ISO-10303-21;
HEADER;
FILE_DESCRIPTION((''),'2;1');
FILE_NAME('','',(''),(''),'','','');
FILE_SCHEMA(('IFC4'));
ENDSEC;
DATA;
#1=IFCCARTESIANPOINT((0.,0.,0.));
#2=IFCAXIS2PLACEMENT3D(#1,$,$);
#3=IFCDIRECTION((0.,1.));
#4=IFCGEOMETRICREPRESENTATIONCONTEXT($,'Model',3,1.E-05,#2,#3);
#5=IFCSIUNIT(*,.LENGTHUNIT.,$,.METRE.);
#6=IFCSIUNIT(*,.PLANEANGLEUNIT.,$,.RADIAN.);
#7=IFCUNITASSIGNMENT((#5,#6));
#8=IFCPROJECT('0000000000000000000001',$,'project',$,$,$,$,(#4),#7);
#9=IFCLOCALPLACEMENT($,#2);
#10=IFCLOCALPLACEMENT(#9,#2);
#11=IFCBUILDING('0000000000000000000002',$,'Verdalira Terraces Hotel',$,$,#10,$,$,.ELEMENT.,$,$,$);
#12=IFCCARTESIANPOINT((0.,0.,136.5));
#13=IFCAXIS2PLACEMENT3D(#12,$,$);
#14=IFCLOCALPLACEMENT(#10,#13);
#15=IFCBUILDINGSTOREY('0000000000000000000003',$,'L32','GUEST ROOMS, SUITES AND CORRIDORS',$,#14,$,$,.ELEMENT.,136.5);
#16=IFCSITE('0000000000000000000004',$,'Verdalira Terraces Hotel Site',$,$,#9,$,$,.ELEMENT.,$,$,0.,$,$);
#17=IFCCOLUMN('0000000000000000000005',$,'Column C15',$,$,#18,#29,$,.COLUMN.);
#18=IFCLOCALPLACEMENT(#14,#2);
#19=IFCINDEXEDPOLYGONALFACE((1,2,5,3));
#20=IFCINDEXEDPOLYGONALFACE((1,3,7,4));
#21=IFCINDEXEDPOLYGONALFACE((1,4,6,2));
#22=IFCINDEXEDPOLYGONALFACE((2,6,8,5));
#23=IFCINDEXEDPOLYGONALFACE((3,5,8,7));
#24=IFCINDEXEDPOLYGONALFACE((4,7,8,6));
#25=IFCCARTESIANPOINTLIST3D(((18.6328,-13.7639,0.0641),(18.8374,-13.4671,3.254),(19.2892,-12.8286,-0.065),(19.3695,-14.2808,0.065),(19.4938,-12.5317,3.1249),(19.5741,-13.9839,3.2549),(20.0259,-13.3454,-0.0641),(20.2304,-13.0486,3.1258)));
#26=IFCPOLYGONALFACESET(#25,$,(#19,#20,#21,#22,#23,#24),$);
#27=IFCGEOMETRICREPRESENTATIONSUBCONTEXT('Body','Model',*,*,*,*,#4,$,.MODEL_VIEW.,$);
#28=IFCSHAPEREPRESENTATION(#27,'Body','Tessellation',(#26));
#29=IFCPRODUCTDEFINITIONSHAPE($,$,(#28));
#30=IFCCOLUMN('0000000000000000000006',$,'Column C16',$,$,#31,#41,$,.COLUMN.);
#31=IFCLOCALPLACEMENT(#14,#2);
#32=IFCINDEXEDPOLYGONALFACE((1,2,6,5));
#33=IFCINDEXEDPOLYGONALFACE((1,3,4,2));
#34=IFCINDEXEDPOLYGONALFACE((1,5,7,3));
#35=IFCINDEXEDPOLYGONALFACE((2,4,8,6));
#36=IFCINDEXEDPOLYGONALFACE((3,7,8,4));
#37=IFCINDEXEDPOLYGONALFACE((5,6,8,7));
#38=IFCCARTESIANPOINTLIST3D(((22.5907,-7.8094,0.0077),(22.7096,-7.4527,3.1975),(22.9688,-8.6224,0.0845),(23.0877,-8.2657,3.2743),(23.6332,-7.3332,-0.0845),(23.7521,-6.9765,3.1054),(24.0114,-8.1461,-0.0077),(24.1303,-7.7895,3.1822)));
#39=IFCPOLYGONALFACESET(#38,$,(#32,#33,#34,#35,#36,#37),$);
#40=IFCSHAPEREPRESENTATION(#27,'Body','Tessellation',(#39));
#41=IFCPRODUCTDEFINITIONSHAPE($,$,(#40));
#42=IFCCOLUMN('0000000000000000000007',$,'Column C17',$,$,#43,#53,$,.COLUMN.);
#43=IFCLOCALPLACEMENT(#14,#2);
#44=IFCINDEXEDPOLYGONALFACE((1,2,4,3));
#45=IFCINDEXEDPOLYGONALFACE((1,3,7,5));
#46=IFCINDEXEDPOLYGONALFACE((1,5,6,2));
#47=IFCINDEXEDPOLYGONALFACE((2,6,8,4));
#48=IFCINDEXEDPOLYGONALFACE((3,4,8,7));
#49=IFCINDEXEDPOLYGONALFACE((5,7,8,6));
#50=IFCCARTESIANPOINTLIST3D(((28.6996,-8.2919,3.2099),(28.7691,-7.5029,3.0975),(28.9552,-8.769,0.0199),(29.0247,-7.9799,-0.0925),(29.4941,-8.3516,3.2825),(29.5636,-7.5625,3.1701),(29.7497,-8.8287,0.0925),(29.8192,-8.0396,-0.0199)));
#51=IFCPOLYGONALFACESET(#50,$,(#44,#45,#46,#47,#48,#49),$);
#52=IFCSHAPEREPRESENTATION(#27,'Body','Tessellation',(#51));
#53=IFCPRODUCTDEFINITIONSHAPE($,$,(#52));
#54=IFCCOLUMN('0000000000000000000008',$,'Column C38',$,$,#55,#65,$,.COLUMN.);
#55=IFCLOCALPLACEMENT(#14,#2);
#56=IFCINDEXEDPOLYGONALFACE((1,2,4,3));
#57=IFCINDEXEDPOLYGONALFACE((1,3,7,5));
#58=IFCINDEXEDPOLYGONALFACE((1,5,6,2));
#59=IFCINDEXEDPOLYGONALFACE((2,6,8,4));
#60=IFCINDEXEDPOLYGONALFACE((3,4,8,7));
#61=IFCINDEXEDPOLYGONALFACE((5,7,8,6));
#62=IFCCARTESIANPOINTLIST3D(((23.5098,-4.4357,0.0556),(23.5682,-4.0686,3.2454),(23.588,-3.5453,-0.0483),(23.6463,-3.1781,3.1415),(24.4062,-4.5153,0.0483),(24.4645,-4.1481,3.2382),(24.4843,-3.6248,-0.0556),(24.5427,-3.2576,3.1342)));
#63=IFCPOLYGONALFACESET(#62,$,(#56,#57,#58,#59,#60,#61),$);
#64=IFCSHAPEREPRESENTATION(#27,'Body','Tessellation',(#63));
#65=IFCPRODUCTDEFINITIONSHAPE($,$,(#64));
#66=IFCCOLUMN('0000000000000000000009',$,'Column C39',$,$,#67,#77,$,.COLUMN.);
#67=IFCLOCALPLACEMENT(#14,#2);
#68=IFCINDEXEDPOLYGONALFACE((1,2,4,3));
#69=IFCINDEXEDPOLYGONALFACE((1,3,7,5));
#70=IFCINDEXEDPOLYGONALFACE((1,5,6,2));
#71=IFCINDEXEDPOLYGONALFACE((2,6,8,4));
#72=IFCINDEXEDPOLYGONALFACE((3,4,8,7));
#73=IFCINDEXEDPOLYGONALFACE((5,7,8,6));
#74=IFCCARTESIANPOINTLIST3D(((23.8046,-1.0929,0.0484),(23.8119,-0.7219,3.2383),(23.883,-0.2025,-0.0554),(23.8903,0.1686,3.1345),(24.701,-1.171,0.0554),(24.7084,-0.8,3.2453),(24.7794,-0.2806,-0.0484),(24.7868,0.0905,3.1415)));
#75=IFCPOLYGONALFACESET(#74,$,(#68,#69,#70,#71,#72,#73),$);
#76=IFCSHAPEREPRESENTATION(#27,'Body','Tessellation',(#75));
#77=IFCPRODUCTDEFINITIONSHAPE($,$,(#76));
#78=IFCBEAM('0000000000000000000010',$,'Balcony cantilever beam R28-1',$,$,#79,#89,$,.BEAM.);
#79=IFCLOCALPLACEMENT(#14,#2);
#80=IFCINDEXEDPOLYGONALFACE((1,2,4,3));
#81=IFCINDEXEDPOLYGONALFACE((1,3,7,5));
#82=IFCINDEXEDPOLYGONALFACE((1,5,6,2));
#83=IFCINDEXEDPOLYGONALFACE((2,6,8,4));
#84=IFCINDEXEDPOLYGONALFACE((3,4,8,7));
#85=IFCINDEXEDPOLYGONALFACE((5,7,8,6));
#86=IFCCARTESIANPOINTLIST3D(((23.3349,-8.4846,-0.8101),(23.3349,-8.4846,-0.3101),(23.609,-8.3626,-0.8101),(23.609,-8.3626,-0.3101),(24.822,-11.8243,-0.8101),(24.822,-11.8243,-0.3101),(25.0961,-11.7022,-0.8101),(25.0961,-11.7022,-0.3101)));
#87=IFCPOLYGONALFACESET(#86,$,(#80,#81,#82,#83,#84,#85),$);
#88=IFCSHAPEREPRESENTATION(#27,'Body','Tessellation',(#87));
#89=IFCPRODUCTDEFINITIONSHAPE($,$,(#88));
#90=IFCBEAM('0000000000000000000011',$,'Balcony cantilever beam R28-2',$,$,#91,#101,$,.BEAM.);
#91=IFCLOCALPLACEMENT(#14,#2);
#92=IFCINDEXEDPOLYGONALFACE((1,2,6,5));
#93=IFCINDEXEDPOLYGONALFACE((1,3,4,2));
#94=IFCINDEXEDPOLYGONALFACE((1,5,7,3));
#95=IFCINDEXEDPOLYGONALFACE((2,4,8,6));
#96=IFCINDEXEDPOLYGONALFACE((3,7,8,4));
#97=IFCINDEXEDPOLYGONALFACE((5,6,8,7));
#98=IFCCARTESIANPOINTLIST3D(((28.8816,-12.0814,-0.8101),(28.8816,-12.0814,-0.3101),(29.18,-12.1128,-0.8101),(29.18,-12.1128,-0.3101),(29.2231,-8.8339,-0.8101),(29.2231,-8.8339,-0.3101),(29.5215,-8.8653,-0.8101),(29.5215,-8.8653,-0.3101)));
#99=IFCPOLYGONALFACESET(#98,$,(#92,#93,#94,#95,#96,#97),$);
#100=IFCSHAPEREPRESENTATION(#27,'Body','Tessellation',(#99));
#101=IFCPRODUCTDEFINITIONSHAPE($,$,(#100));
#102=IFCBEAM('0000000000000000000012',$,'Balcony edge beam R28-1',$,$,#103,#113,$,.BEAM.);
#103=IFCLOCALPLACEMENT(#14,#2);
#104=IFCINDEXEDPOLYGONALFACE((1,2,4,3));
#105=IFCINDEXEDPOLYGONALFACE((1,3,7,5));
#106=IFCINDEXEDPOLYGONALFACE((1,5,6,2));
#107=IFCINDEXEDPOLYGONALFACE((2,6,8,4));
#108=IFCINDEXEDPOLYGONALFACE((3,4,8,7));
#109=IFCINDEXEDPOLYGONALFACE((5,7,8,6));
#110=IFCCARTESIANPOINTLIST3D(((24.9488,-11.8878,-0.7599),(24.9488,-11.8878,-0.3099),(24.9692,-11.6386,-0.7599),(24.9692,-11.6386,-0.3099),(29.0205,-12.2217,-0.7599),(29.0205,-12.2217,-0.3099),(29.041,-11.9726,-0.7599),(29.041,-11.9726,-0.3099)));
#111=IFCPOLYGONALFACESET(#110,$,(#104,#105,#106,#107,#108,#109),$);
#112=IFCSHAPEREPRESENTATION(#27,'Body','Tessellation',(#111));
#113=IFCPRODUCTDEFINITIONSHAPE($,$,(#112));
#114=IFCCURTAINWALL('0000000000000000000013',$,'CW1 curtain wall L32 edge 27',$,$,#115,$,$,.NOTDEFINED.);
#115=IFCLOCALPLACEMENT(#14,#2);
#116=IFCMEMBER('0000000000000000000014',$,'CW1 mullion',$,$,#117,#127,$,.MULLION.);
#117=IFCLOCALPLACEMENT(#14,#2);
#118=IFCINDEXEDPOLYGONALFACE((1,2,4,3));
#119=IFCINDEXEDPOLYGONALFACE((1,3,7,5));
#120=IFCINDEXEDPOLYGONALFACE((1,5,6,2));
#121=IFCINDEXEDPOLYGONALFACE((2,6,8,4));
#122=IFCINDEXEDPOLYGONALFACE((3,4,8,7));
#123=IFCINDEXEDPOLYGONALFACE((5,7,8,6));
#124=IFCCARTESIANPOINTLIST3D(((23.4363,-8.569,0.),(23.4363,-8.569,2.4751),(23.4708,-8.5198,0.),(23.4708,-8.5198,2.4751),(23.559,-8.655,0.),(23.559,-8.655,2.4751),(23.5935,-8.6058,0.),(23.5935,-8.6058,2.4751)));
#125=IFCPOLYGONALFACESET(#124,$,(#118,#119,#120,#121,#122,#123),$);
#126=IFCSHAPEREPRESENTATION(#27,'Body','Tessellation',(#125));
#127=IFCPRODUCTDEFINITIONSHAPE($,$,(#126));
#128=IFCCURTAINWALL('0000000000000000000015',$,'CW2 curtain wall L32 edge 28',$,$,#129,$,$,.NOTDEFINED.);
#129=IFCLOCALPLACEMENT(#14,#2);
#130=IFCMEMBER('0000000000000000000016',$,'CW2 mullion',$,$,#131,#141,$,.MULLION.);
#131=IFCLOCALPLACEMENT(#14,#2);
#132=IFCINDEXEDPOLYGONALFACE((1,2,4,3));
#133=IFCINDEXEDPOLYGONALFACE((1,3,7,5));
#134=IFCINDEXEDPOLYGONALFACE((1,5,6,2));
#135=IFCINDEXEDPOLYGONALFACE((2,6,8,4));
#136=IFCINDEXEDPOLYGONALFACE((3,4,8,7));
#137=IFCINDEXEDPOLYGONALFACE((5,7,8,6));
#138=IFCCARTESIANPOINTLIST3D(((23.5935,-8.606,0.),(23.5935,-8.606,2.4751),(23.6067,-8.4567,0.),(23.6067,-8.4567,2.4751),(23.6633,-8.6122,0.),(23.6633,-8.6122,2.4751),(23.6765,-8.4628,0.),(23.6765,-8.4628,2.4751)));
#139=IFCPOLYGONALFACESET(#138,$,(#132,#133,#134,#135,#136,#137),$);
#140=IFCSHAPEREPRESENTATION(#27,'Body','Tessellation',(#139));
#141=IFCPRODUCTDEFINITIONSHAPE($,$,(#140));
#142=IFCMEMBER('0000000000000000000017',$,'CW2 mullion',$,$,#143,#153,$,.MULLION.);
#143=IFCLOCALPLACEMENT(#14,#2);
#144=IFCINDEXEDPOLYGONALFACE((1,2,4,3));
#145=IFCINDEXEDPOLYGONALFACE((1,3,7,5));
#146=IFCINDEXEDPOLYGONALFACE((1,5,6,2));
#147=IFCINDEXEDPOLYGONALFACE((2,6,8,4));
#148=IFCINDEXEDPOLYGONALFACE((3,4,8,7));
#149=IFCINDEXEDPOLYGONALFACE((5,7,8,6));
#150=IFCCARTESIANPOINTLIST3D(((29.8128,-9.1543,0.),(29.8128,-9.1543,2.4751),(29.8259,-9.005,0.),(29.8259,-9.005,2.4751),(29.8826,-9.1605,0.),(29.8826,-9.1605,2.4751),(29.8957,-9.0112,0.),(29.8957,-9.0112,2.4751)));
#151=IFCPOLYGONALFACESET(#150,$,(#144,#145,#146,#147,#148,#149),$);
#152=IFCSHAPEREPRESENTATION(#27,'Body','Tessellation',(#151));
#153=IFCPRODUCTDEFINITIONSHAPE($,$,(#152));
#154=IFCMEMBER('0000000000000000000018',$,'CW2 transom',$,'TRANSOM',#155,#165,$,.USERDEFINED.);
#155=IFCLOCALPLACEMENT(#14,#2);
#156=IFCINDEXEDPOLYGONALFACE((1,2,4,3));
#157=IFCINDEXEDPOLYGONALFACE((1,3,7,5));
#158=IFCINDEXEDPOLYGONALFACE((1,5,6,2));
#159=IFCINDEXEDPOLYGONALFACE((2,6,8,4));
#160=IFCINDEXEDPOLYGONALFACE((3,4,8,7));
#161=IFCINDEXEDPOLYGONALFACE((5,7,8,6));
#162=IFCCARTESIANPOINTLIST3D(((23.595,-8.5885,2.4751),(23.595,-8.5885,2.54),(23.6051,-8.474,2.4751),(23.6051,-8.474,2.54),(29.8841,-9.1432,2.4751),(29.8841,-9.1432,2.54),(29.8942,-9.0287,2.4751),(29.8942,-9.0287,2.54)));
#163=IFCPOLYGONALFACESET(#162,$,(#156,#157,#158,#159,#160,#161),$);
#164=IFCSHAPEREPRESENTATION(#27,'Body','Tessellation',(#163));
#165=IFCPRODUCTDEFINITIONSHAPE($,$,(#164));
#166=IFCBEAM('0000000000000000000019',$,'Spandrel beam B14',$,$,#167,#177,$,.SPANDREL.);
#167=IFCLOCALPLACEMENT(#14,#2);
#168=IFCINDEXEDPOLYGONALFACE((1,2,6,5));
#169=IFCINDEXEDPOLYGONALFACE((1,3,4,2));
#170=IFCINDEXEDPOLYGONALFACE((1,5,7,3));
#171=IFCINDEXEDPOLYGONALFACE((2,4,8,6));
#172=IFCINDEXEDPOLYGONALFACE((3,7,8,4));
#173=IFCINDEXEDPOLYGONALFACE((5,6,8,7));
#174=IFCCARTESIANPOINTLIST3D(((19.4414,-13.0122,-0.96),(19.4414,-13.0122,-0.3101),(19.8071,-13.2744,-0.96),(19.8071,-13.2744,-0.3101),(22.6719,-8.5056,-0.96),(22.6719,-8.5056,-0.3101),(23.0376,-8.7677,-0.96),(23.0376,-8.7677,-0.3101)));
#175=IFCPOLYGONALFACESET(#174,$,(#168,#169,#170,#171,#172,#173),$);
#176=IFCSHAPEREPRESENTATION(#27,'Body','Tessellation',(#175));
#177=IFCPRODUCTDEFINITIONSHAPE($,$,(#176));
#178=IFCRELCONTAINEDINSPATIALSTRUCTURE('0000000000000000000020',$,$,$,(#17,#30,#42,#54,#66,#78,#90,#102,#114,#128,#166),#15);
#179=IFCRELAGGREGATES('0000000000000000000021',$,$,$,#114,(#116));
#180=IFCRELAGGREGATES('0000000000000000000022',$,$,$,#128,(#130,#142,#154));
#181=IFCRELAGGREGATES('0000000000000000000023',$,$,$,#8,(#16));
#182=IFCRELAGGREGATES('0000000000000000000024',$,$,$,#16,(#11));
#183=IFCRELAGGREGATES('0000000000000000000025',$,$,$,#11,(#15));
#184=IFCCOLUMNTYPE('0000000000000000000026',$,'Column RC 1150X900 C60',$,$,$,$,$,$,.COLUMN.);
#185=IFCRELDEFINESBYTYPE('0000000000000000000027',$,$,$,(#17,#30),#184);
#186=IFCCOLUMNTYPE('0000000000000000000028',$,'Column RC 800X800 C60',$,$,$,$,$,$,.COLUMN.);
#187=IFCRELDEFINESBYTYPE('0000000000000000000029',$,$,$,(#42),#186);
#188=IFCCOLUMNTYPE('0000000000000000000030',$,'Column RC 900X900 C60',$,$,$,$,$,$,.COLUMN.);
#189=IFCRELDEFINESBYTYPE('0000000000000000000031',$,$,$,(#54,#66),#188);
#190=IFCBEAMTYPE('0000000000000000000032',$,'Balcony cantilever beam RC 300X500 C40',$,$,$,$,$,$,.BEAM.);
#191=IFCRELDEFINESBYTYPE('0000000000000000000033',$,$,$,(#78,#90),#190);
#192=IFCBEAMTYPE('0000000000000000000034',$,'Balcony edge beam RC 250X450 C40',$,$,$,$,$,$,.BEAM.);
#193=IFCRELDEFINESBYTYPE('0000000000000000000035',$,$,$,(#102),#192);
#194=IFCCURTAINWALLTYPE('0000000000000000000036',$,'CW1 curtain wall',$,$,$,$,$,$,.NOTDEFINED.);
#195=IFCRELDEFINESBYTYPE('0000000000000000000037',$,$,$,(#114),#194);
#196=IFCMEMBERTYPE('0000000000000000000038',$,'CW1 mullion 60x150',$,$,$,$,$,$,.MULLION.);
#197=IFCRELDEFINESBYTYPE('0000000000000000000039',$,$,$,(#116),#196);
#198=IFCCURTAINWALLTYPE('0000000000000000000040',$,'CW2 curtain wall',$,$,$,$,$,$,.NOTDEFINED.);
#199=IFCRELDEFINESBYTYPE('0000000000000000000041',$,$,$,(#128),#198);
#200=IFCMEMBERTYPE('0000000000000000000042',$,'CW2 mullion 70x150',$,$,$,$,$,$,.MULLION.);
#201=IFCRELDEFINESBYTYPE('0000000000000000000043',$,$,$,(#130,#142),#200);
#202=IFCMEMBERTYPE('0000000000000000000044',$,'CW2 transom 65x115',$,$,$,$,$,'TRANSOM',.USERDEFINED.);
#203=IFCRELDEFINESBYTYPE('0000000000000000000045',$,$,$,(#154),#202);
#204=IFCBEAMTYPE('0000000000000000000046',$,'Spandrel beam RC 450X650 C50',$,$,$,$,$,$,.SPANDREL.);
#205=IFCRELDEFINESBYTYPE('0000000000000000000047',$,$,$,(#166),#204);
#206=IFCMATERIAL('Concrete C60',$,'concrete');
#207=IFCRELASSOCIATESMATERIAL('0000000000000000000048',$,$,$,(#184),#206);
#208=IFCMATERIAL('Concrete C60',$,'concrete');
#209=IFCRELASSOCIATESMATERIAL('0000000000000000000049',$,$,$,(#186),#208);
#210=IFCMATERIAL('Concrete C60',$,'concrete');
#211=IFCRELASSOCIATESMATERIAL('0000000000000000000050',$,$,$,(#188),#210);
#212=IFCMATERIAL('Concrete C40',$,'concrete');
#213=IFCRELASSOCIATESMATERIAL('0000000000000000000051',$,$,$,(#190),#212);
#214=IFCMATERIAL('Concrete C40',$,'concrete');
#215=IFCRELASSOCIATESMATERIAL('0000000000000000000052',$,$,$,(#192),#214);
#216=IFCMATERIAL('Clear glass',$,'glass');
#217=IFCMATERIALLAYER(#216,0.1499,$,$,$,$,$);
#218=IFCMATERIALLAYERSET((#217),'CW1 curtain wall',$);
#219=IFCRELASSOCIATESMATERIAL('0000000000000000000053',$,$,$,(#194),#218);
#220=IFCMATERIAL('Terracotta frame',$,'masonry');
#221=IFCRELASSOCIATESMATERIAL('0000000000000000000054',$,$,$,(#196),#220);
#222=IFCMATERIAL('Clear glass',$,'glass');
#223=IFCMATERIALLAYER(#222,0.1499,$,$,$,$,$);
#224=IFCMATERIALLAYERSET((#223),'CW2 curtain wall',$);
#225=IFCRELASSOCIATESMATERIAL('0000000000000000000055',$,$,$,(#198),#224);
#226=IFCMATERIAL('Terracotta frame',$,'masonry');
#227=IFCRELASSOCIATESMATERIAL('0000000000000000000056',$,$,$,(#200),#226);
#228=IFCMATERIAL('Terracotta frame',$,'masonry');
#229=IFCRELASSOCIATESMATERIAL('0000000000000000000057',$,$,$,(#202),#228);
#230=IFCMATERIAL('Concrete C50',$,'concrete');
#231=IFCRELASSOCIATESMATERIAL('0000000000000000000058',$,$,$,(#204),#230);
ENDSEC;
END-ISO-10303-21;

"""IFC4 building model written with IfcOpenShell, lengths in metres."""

from ifc_helpers import new_model, si_unit, direction, frame, origin, origin_2d, place, context, subcontext, project, spatial, rectangle, extrude, material, layer, layer_set, material_profile, profile_set, type_object, element, aggregate, save


model = new_model("IFC4")

# Units and contexts
model_context = context("Model", 3, precision=1e-05, world=origin(), true_north=direction((0.0, 1.0)))
body_context = subcontext(model_context, "Body", "Model", "MODEL_VIEW")
ifc_project = project(units=[si_unit("LENGTHUNIT", "METRE"), si_unit("PLANEANGLEUNIT", "RADIAN")], contexts=[model_context])

# Site, building, storey
site_placement = place(None, origin())
site = spatial("IfcSite", under=ifc_project, at=site_placement, Name="Verdalira Terraces Hotel Site", CompositionType="ELEMENT", RefElevation=0.0)
building_placement = place(site_placement, origin())
building = spatial("IfcBuilding", under=site, at=building_placement, Name="Verdalira Terraces Hotel", CompositionType="ELEMENT")
storey_placement = place(building_placement, frame((0.0, 0.0, 136.5)))
storey = spatial("IfcBuildingStorey", under=building, at=storey_placement, Name="L32", Description="GUEST ROOMS, SUITES AND CORRIDORS", CompositionType="ELEMENT", Elevation=136.5)

# Columns
ifc_material_1 = material(Name="Concrete C60", Category="concrete")
ifc_material_profile_1 = material_profile(ifc_material_1, rectangle(XDim=1.1499, YDim=0.8999, at=origin_2d()), Name="RC 1150X900")
ifc_profile_set_1 = profile_set([ifc_material_profile_1], Name="Concrete C60")
column_type_1 = type_object("IfcColumnType", Name="Column RC 1150X900 C60", PredefinedType="COLUMN", material=ifc_profile_set_1)
column_1_placement = place(storey_placement, frame((19.3293, -13.5547, 0.0), z_axis=(0.06373, 0.092477, 0.993673), x_axis=(0.570781, 0.813386, -0.112306)))
element("IfcColumn", 1, at=column_1_placement, inside=storey, type_object=column_type_1, Name="Column C15", PredefinedType="COLUMN", context=body_context, shape_type="SweptSolid", body=[
    extrude(rectangle(XDim=1.1499, YDim=0.8999, at=origin_2d()), origin(), (0.0, 0.0, 1.0), 3.2102),
])
column_2_placement = place(storey_placement, frame((23.301, -7.9778, 0.0), z_axis=(0.037016, 0.111048, 0.993125), x_axis=(-0.90667, -0.414164, 0.080104)))
element("IfcColumn", 2, at=column_2_placement, inside=storey, type_object=column_type_1, Name="Column C16", PredefinedType="COLUMN", context=body_context, shape_type="SweptSolid", body=[
    extrude(rectangle(XDim=1.1499, YDim=0.8999, at=origin_2d()), origin(), (0.0, 0.0, 1.0), 3.2119),
])
ifc_material_2 = material(Name="Concrete C60", Category="concrete")
ifc_material_profile_2 = material_profile(ifc_material_2, rectangle(XDim=0.8, YDim=0.8, at=origin_2d()), Name="RC 800X800")
ifc_profile_set_2 = profile_set([ifc_material_profile_2], Name="Concrete C60")
column_type_2 = type_object("IfcColumnType", Name="Column RC 800X800 C60", PredefinedType="COLUMN", material=ifc_profile_set_2)
column_3_placement = place(storey_placement, frame((29.3872, -8.4043, 0.0), z_axis=(-0.079003, 0.147441, 0.985911), x_axis=(0.99308, -0.074571, 0.090729)))
element("IfcColumn", 3, at=column_3_placement, inside=storey, type_object=column_type_2, Name="Column C17", PredefinedType="COLUMN", context=body_context, shape_type="SweptSolid", body=[
    extrude(rectangle(XDim=0.8, YDim=0.8, at=origin_2d()), origin(), (0.0, 0.0, 1.0), 3.2356),
])
ifc_material_3 = material(Name="Concrete C60", Category="concrete")
ifc_material_profile_3 = material_profile(ifc_material_3, rectangle(XDim=0.8999, YDim=0.8999, at=origin_2d()), Name="RC 900X900")
ifc_profile_set_3 = profile_set([ifc_material_profile_3], Name="Concrete C60")
column_type_3 = type_object("IfcColumnType", Name="Column RC 900X900 C60", PredefinedType="COLUMN", material=ifc_profile_set_3)
for number, where, z_axis, x_axis, name in (
    (4, (23.9971, -4.0303, 0.0), (0.018169, 0.114334, 0.993276), (0.996056, -0.088359, -0.008049), "Column C38"),
    (5, (24.292, -0.6868, 0.0), (0.002281, 0.115553, 0.993299), (0.996196, -0.086795, 0.00781), "Column C39"),
):
    element("IfcColumn", number, at=place(storey_placement, frame(where, z_axis=z_axis, x_axis=x_axis)), inside=storey, type_object=column_type_3, Name=name, PredefinedType="COLUMN", context=body_context, shape_type="SweptSolid", body=[
        extrude(rectangle(XDim=0.8999, YDim=0.8999, at=origin_2d()), origin(), (0.0, 0.0, 1.0), 3.2114),
    ])

# Beams
ifc_material_4 = material(Name="Concrete C40", Category="concrete")
ifc_material_profile_4 = material_profile(ifc_material_4, rectangle(XDim=0.3, YDim=0.5, at=origin_2d()), Name="RC 300X500")
ifc_profile_set_4 = profile_set([ifc_material_profile_4], Name="Concrete C40")
beam_type_1 = type_object("IfcBeamType", Name="Balcony cantilever beam RC 300X500 C40", PredefinedType="BEAM", material=ifc_profile_set_4)
beam_1_placement = place(storey_placement, frame((23.4719, -8.4236, -0.5601), z_axis=(0.406777, -0.913528, 0.0), x_axis=(0.913528, 0.406777, 0.0)))
element("IfcBeam", 6, at=beam_1_placement, inside=storey, type_object=beam_type_1, Name="Balcony cantilever beam R28-1", PredefinedType="BEAM", context=body_context, shape_type="SweptSolid", body=[
    extrude(rectangle(XDim=0.3, YDim=0.5, at=origin_2d()), origin(), (0.0, 0.0, 1.0), 3.6558),
])
beam_2_placement = place(storey_placement, frame((29.3723, -8.8496, -0.5601), z_axis=(-0.104595, -0.994515, 0.0), x_axis=(0.994515, -0.104595, 0.0)))
element("IfcBeam", 7, at=beam_2_placement, inside=storey, type_object=beam_type_1, Name="Balcony cantilever beam R28-2", PredefinedType="BEAM", context=body_context, shape_type="SweptSolid", body=[
    extrude(rectangle(XDim=0.3, YDim=0.5, at=origin_2d()), origin(), (0.0, 0.0, 1.0), 3.2654),
])
ifc_material_5 = material(Name="Concrete C40", Category="concrete")
ifc_material_profile_5 = material_profile(ifc_material_5, rectangle(XDim=0.25, YDim=0.45, at=origin_2d()), Name="RC 250X450")
ifc_profile_set_5 = profile_set([ifc_material_profile_5], Name="Concrete C40")
beam_type_2 = type_object("IfcBeamType", Name="Balcony edge beam RC 250X450 C40", PredefinedType="BEAM", material=ifc_profile_set_5)
beam_3_placement = place(storey_placement, frame((24.959, -11.7632, -0.5349), z_axis=(0.996653, -0.08175, 0.0), x_axis=(0.08175, 0.996653, 0.0)))
element("IfcBeam", 8, at=beam_3_placement, inside=storey, type_object=beam_type_2, Name="Balcony edge beam R28-1", PredefinedType="BEAM", context=body_context, shape_type="SweptSolid", body=[
    extrude(rectangle(XDim=0.25, YDim=0.45, at=origin_2d()), origin(), (0.0, 0.0, 1.0), 4.0854),
])

# Curtain wall, member
ifc_material_6 = material(Name="Clear glass", Category="glass")
ifc_layer_1 = layer(ifc_material_6, 0.1499)
ifc_layer_set_1 = layer_set([ifc_layer_1], Name="CW1 curtain wall")
curtain_wall_type_1 = type_object("IfcCurtainWallType", Name="CW1 curtain wall", PredefinedType="NOTDEFINED", material=ifc_layer_set_1)
curtain_wall_1_placement = place(storey_placement, origin())
curtain_wall_1 = element("IfcCurtainWall", 9, at=curtain_wall_1_placement, inside=storey, type_object=curtain_wall_type_1, Name="CW1 curtain wall L32 edge 27", PredefinedType="NOTDEFINED")
ifc_material_7 = material(Name="Terracotta frame", Category="masonry")
ifc_material_profile_6 = material_profile(ifc_material_7, rectangle(XDim=0.0601, YDim=0.1499, at=origin_2d()), Name="MU 60x150")
ifc_profile_set_6 = profile_set([ifc_material_profile_6], Name="Terracotta frame")
member_type_1 = type_object("IfcMemberType", Name="CW1 mullion 60x150", PredefinedType="MULLION", material=ifc_profile_set_6)
member_1_placement = place(storey_placement, frame((23.5149, -8.5874, 0.0), z_axis=(0.0, 0.0, 1.0), x_axis=(0.574148, 0.818751, 0.0)))
member_1 = element("IfcMember", 10, at=member_1_placement, type_object=member_type_1, Name="CW1 mullion", PredefinedType="MULLION", context=body_context, shape_type="SweptSolid", body=[
    extrude(rectangle(XDim=0.0601, YDim=0.1499, at=origin_2d()), origin(), (0.0, 0.0, 1.0), 2.4751),
])

# Curtain wall, members
ifc_material_8 = material(Name="Clear glass", Category="glass")
ifc_layer_2 = layer(ifc_material_8, 0.1499)
ifc_layer_set_2 = layer_set([ifc_layer_2], Name="CW2 curtain wall")
curtain_wall_type_2 = type_object("IfcCurtainWallType", Name="CW2 curtain wall", PredefinedType="NOTDEFINED", material=ifc_layer_set_2)
curtain_wall_2_placement = place(storey_placement, origin())
curtain_wall_2 = element("IfcCurtainWall", 11, at=curtain_wall_2_placement, inside=storey, type_object=curtain_wall_type_2, Name="CW2 curtain wall L32 edge 28", PredefinedType="NOTDEFINED")
ifc_material_9 = material(Name="Terracotta frame", Category="masonry")
ifc_material_profile_7 = material_profile(ifc_material_9, rectangle(XDim=0.0701, YDim=0.1499, at=origin_2d()), Name="MU 70x150")
ifc_profile_set_7 = profile_set([ifc_material_profile_7], Name="Terracotta frame")
member_type_2 = type_object("IfcMemberType", Name="CW2 mullion 70x150", PredefinedType="MULLION", material=ifc_profile_set_7)
member_2_placement = place(storey_placement, frame((23.635, -8.5344, 0.0), z_axis=(0.0, 0.0, 1.0), x_axis=(0.996134, -0.087851, 0.0)))
member_2 = element("IfcMember", 12, at=member_2_placement, type_object=member_type_2, Name="CW2 mullion", PredefinedType="MULLION", context=body_context, shape_type="SweptSolid", body=[
    extrude(rectangle(XDim=0.0701, YDim=0.1499, at=origin_2d()), origin(), (0.0, 0.0, 1.0), 2.4751),
])
member_3_placement = place(storey_placement, frame((29.8542, -9.0828, 0.0), z_axis=(0.0, 0.0, 1.0), x_axis=(0.996134, -0.087851, 0.0)))
member_3 = element("IfcMember", 13, at=member_3_placement, type_object=member_type_2, Name="CW2 mullion", PredefinedType="MULLION", context=body_context, shape_type="SweptSolid", body=[
    extrude(rectangle(XDim=0.0701, YDim=0.1499, at=origin_2d()), origin(), (0.0, 0.0, 1.0), 2.4751),
])
ifc_material_10 = material(Name="Terracotta frame", Category="masonry")
ifc_material_profile_8 = material_profile(ifc_material_10, rectangle(XDim=0.115, YDim=0.0649, at=origin_2d()), Name="TR 65x115")
ifc_profile_set_8 = profile_set([ifc_material_profile_8], Name="Terracotta frame")
member_type_3 = type_object("IfcMemberType", Name="CW2 transom 65x115", ElementType="TRANSOM", PredefinedType="USERDEFINED", material=ifc_profile_set_8)
member_4_placement = place(storey_placement, frame((23.6001, -8.5312, 2.5076), z_axis=(0.996133, -0.087858, 0.0), x_axis=(0.087858, 0.996133, 0.0)))
member_4 = element("IfcMember", 14, at=member_4_placement, type_object=member_type_3, Name="CW2 transom", ObjectType="TRANSOM", PredefinedType="USERDEFINED", context=body_context, shape_type="SweptSolid", body=[
    extrude(rectangle(XDim=0.115, YDim=0.0649, at=origin_2d()), origin(), (0.0, 0.0, 1.0), 6.3135),
])

# Beam
ifc_material_11 = material(Name="Concrete C50", Category="concrete")
ifc_material_profile_9 = material_profile(ifc_material_11, rectangle(XDim=0.45, YDim=0.6499, at=origin_2d()), Name="RC 450X650")
ifc_profile_set_9 = profile_set([ifc_material_profile_9], Name="Concrete C50")
beam_type_3 = type_object("IfcBeamType", Name="Spandrel beam RC 450X650 C50", PredefinedType="SPANDREL", material=ifc_profile_set_9)
beam_4_placement = place(storey_placement, frame((19.6243, -13.1433, -0.635), z_axis=(0.582608, 0.812754, 0.0), x_axis=(-0.812754, 0.582608, 0.0)))
element("IfcBeam", 15, at=beam_4_placement, inside=storey, type_object=beam_type_3, Name="Spandrel beam B14", PredefinedType="SPANDREL", context=body_context, shape_type="SweptSolid", body=[
    extrude(rectangle(XDim=0.45, YDim=0.6499, at=origin_2d()), origin(), (0.0, 0.0, 1.0), 5.5449),
])

aggregate(curtain_wall_1, [member_1])
aggregate(curtain_wall_2, [member_2, member_3, member_4])

save(model, "model.ifc")
